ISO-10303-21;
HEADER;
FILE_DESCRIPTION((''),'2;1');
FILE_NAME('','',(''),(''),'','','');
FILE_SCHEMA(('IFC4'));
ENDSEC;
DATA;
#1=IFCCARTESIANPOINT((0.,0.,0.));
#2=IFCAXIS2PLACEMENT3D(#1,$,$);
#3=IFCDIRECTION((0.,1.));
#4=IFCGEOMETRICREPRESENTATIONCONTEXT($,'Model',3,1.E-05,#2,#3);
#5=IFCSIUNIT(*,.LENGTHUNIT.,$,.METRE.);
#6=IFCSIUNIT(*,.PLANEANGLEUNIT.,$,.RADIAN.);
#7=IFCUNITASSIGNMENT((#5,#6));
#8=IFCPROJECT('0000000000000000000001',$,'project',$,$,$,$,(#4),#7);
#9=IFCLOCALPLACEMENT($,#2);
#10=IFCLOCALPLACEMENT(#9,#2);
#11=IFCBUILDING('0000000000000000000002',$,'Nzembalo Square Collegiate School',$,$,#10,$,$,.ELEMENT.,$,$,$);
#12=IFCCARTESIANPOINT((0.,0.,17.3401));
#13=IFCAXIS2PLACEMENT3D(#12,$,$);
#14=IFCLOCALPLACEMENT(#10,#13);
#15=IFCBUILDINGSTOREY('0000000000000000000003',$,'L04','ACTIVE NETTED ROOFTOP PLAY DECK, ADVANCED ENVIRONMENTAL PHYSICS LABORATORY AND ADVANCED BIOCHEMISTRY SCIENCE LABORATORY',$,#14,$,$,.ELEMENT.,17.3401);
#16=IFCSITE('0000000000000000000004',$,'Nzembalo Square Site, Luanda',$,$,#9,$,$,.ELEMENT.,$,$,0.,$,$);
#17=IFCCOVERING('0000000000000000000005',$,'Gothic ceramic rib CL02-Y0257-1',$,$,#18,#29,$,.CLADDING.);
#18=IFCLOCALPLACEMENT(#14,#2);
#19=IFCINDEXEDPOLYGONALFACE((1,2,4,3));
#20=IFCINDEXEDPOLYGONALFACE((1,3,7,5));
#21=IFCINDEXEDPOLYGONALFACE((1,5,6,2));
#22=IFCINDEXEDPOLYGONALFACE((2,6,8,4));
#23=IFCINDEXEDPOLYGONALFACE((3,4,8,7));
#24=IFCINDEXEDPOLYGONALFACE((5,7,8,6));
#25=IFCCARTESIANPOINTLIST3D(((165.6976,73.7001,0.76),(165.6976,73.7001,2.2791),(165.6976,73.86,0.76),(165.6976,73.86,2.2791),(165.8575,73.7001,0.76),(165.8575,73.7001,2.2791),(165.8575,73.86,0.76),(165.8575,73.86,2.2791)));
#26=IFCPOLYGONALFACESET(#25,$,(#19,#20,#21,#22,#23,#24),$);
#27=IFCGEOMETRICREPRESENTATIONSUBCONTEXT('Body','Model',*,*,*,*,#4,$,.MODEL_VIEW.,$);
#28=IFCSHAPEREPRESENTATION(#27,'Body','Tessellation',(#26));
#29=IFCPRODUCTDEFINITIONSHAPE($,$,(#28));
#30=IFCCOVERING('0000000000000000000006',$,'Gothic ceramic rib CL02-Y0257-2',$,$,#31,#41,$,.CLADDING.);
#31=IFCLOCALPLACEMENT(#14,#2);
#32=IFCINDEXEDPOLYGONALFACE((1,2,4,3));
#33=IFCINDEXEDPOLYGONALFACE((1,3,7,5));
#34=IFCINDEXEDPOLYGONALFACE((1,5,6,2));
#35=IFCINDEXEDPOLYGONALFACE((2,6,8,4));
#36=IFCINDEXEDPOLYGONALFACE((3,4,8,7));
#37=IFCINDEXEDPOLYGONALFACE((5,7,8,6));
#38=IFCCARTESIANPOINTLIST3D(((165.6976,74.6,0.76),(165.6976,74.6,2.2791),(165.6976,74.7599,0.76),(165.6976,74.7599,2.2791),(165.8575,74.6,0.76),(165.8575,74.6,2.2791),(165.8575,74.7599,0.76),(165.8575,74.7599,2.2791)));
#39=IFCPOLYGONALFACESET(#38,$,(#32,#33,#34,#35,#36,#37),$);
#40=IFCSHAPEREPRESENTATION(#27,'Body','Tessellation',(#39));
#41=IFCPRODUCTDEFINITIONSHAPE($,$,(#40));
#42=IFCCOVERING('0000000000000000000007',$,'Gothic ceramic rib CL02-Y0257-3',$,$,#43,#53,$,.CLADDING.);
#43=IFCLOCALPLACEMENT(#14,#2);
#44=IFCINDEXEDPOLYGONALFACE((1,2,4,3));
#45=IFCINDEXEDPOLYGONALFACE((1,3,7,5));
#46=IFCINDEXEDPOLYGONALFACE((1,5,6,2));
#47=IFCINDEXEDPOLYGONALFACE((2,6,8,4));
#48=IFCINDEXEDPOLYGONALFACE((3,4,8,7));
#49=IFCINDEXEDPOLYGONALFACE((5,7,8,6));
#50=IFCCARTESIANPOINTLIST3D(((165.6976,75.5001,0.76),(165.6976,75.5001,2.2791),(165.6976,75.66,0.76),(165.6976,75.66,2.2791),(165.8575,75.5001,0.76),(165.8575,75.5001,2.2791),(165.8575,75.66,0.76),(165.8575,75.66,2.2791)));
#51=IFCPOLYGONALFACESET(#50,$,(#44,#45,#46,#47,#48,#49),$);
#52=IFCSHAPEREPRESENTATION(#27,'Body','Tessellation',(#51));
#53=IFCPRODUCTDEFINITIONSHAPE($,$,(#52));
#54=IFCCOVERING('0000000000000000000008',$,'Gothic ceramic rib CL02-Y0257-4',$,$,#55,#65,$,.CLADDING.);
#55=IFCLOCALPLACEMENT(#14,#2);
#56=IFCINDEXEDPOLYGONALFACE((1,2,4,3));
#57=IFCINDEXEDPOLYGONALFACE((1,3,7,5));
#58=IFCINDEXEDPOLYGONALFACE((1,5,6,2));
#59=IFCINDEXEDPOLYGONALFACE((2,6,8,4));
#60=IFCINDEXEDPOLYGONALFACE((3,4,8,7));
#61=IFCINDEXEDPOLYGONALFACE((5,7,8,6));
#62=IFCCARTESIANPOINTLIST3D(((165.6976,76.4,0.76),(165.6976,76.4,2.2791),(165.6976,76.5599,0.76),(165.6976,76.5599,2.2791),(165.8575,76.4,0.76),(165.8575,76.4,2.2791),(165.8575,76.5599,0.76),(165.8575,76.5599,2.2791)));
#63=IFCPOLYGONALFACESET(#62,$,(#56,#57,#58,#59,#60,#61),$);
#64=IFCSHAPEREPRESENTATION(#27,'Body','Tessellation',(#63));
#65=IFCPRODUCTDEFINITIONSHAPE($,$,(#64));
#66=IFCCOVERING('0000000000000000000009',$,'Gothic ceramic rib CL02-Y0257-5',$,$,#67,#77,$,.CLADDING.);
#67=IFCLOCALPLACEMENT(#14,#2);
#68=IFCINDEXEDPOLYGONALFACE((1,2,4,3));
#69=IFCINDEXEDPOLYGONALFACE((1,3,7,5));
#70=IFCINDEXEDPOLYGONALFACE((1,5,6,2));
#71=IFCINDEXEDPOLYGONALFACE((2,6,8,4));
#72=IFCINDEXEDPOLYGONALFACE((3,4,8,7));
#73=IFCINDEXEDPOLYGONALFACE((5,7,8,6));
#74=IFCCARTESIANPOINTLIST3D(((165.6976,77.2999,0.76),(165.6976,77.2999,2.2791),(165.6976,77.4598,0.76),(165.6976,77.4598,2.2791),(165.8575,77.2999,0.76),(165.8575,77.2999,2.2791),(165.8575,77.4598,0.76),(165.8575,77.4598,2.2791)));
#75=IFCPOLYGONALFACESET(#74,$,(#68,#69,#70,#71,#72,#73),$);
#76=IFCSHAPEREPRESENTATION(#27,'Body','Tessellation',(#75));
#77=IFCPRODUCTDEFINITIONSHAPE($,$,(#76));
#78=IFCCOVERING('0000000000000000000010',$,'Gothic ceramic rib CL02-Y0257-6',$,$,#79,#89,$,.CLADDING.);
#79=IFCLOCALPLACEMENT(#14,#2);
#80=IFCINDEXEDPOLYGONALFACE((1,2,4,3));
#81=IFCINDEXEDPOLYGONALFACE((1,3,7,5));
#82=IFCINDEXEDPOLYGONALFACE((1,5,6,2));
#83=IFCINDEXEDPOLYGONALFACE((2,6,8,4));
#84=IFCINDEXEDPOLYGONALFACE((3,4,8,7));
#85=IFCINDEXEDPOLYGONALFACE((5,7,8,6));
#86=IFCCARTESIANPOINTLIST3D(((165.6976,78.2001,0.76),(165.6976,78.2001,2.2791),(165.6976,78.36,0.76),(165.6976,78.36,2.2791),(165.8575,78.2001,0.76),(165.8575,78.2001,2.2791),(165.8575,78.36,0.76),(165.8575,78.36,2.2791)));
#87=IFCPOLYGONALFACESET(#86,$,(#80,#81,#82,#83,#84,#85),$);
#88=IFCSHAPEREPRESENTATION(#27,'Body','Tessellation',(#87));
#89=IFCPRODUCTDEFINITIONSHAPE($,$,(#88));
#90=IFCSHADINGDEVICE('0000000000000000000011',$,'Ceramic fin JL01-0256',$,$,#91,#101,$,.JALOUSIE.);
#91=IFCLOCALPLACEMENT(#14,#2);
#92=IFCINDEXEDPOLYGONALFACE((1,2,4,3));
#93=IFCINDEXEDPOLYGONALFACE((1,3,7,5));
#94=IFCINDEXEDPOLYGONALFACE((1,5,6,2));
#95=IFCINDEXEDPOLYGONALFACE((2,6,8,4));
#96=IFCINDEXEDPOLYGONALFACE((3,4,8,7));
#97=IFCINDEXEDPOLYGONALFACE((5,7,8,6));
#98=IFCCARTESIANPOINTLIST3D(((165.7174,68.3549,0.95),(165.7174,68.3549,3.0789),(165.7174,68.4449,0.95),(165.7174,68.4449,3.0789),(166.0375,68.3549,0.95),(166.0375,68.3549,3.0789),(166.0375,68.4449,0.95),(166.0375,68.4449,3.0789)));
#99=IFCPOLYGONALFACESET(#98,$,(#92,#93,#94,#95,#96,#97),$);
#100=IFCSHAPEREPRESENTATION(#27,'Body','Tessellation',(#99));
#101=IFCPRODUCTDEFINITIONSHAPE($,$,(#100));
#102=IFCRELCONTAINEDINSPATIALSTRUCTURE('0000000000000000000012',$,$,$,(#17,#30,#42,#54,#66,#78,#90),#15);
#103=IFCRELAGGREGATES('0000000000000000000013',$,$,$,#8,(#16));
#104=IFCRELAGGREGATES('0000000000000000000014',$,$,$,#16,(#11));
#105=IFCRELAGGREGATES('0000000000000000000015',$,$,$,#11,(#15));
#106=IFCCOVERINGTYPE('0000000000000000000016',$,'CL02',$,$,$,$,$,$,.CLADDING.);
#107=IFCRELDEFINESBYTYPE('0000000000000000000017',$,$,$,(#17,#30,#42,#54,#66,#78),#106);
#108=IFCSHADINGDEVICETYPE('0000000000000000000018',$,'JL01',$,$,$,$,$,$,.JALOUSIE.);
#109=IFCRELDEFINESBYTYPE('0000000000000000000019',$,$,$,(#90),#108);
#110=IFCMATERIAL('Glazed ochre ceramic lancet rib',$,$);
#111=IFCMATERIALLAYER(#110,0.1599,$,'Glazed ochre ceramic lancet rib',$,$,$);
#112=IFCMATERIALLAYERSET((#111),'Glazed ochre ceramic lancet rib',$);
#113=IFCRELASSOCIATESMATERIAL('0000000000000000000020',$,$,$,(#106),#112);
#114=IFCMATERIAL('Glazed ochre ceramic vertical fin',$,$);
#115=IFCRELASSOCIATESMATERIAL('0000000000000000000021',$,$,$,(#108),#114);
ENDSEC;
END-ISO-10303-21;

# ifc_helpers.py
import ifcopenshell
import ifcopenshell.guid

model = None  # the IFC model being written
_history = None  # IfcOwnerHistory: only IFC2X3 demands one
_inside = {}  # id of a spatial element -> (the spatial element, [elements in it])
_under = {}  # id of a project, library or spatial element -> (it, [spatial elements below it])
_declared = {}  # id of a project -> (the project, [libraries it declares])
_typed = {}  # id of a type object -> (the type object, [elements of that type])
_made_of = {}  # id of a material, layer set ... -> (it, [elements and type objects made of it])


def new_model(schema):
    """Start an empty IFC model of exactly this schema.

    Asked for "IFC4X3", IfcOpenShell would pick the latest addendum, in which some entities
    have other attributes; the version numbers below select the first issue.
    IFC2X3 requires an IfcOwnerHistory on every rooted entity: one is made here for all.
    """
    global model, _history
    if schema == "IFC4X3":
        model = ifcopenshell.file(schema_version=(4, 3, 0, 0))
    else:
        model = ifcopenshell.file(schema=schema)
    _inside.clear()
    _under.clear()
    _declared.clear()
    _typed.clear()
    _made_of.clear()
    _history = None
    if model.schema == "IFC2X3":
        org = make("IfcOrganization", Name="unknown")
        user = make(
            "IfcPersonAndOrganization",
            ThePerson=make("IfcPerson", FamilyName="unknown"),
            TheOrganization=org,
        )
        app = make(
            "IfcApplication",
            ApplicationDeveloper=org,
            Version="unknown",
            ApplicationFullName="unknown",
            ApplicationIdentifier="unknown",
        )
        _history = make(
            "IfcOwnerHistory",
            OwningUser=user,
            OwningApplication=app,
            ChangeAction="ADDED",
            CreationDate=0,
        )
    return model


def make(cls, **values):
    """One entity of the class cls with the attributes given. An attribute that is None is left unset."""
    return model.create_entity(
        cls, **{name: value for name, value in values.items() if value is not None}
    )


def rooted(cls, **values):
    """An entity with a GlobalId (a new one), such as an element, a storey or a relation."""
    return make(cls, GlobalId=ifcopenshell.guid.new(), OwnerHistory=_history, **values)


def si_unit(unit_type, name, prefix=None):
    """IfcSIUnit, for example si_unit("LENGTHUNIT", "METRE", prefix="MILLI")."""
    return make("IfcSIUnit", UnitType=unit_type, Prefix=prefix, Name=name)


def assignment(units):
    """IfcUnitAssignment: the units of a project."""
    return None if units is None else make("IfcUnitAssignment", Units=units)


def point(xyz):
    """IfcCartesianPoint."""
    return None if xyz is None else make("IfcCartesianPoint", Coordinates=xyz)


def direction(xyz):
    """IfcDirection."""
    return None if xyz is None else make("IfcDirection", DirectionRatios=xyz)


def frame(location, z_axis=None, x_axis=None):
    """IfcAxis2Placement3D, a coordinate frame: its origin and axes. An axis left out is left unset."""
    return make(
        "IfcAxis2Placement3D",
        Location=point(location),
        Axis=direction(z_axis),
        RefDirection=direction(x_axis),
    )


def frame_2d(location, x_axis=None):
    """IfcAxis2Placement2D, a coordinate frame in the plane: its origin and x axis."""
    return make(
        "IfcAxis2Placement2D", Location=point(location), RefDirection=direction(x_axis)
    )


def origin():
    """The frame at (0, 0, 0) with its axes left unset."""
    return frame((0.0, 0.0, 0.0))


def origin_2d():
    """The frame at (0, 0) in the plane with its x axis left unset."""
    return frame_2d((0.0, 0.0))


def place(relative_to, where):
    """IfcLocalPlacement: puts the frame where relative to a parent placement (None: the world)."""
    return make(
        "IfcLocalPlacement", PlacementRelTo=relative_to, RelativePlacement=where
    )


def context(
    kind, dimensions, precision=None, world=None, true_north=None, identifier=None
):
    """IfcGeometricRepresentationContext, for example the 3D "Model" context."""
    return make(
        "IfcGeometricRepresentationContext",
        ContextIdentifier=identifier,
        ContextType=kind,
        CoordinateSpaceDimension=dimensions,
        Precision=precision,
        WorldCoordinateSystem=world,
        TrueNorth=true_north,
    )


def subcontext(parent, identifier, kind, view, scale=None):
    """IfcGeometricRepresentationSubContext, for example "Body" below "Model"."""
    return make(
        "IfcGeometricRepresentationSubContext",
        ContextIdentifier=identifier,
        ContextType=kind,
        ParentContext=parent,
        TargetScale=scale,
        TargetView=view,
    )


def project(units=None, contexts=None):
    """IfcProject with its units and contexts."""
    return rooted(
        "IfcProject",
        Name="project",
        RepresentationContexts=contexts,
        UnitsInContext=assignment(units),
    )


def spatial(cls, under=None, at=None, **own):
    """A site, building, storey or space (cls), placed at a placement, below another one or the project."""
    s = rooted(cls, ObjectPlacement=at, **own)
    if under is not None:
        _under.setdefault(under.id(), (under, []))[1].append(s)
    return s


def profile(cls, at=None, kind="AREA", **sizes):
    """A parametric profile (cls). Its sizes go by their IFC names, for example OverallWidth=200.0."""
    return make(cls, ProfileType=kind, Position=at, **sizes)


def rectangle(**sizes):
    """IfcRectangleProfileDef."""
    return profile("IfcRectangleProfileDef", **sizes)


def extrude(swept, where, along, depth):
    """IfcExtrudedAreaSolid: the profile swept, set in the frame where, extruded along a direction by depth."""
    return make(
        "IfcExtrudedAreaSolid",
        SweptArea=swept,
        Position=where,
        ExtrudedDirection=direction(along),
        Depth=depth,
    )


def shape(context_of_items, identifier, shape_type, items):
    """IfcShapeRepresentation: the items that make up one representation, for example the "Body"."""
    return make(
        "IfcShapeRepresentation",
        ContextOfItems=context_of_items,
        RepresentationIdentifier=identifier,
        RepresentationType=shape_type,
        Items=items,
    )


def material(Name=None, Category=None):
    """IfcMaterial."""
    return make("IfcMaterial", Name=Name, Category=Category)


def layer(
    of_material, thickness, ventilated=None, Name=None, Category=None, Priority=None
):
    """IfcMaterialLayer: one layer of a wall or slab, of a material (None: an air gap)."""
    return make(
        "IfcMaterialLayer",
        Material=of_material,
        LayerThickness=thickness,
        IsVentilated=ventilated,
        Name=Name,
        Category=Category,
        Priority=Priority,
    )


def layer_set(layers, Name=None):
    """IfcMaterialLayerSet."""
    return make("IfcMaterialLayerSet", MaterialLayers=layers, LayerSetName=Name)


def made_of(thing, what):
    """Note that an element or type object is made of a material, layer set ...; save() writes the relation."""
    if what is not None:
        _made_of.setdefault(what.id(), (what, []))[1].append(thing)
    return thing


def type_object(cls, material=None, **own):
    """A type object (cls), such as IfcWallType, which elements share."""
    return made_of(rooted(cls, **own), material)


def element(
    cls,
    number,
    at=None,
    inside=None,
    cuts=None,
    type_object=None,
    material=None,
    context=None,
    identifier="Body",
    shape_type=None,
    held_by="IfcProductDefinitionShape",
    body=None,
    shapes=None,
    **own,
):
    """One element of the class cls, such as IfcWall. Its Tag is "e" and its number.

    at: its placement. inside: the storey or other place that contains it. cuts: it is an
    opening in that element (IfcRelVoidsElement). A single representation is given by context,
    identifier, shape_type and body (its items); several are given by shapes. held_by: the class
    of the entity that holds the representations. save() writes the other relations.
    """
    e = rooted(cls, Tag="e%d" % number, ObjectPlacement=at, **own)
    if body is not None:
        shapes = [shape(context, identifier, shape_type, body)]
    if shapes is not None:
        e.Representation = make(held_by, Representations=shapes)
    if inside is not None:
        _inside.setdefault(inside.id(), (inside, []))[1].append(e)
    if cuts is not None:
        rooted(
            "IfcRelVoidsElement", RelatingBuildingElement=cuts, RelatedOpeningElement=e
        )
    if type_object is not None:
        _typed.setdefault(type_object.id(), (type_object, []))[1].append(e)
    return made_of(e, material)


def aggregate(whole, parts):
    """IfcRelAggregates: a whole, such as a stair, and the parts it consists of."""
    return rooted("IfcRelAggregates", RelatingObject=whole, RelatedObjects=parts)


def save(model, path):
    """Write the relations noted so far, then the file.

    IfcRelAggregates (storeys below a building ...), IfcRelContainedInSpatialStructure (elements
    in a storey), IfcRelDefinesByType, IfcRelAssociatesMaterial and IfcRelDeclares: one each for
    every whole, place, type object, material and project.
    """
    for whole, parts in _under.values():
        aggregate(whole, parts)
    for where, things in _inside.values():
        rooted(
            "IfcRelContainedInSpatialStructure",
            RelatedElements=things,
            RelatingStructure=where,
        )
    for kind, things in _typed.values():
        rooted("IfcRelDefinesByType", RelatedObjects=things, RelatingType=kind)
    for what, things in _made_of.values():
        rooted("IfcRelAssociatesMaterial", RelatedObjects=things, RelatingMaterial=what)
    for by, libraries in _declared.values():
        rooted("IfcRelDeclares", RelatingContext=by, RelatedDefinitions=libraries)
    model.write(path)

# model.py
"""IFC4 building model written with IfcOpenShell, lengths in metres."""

from ifc_helpers import new_model, si_unit, direction, frame, origin, origin_2d, place, context, subcontext, project, spatial, rectangle, extrude, material, layer, layer_set, type_object, element, save


model = new_model("IFC4")

# Units and contexts
model_context = context("Model", 3, precision=1e-05, world=origin(), true_north=direction((0.0, 1.0)))
body_context = subcontext(model_context, "Body", "Model", "MODEL_VIEW")
ifc_project = project(units=[si_unit("LENGTHUNIT", "METRE"), si_unit("PLANEANGLEUNIT", "RADIAN")], contexts=[model_context])

# Site, building, storey
site_placement = place(None, origin())
site = spatial("IfcSite", under=ifc_project, at=site_placement, Name="Nzembalo Square Site, Luanda", CompositionType="ELEMENT", RefElevation=0.0)
building_placement = place(site_placement, origin())
building = spatial("IfcBuilding", under=site, at=building_placement, Name="Nzembalo Square Collegiate School", CompositionType="ELEMENT")
storey_placement = place(building_placement, frame((0.0, 0.0, 17.3401)))
storey = spatial("IfcBuildingStorey", under=building, at=storey_placement, Name="L04", Description="ACTIVE NETTED ROOFTOP PLAY DECK, ADVANCED ENVIRONMENTAL PHYSICS LABORATORY AND ADVANCED BIOCHEMISTRY SCIENCE LABORATORY", CompositionType="ELEMENT", Elevation=17.3401)

# Coverings
ifc_material_1 = material(Name="Glazed ochre ceramic lancet rib")
ifc_layer_1 = layer(ifc_material_1, 0.1599, Name="Glazed ochre ceramic lancet rib")
ifc_layer_set_1 = layer_set([ifc_layer_1], Name="Glazed ochre ceramic lancet rib")
covering_type_1 = type_object("IfcCoveringType", Name="CL02", PredefinedType="CLADDING", material=ifc_layer_set_1)
for number, where, z_axis, x_axis, name in (
    (1, (165.7776, 73.78, 0.76), (0.0, 0.0, 1.0), (1.0, 0.0, 0.0), "Gothic ceramic rib CL02-Y0257-1"),
    (2, (165.7776, 74.6799, 0.76), (0.0, 0.0, 1.0), (1.0, 0.0, 0.0), "Gothic ceramic rib CL02-Y0257-2"),
    (3, (165.7776, 75.5801, 0.76), (0.0, 0.0, 1.0), (1.0, 0.0, 0.0), "Gothic ceramic rib CL02-Y0257-3"),
    (4, (165.7776, 76.48, 0.76), (0.0, 0.0, 1.0), (1.0, 0.0, 0.0), "Gothic ceramic rib CL02-Y0257-4"),
    (5, (165.7776, 77.3799, 0.76), (0.0, 0.0, 1.0), (1.0, 0.0, 0.0), "Gothic ceramic rib CL02-Y0257-5"),
    (6, (165.7776, 78.28, 0.76), (0.0, 0.0, 1.0), (1.0, 0.0, 0.0), "Gothic ceramic rib CL02-Y0257-6"),
):
    element("IfcCovering", number, at=place(storey_placement, frame(where, z_axis=z_axis, x_axis=x_axis)), inside=storey, type_object=covering_type_1, Name=name, PredefinedType="CLADDING", context=body_context, shape_type="SweptSolid", body=[
        extrude(rectangle(XDim=0.1599, YDim=0.1599, at=origin_2d()), origin(), (0.0, 0.0, 1.0), 1.519),
    ])

# Shading device
ifc_material_2 = material(Name="Glazed ochre ceramic vertical fin")
shading_device_type = type_object("IfcShadingDeviceType", Name="JL01", PredefinedType="JALOUSIE", material=ifc_material_2)
shading_device_placement = place(storey_placement, frame((165.8774, 68.3999, 0.95), z_axis=(0.0, 0.0, 1.0), x_axis=(1.0, 0.0, 0.0)))
element("IfcShadingDevice", 7, at=shading_device_placement, inside=storey, type_object=shading_device_type, Name="Ceramic fin JL01-0256", PredefinedType="JALOUSIE", context=body_context, shape_type="SweptSolid", body=[
    extrude(rectangle(XDim=0.3201, YDim=0.0901, at=origin_2d()), origin(), (0.0, 0.0, 1.0), 2.1289),
])

save(model, "model.ifc")
